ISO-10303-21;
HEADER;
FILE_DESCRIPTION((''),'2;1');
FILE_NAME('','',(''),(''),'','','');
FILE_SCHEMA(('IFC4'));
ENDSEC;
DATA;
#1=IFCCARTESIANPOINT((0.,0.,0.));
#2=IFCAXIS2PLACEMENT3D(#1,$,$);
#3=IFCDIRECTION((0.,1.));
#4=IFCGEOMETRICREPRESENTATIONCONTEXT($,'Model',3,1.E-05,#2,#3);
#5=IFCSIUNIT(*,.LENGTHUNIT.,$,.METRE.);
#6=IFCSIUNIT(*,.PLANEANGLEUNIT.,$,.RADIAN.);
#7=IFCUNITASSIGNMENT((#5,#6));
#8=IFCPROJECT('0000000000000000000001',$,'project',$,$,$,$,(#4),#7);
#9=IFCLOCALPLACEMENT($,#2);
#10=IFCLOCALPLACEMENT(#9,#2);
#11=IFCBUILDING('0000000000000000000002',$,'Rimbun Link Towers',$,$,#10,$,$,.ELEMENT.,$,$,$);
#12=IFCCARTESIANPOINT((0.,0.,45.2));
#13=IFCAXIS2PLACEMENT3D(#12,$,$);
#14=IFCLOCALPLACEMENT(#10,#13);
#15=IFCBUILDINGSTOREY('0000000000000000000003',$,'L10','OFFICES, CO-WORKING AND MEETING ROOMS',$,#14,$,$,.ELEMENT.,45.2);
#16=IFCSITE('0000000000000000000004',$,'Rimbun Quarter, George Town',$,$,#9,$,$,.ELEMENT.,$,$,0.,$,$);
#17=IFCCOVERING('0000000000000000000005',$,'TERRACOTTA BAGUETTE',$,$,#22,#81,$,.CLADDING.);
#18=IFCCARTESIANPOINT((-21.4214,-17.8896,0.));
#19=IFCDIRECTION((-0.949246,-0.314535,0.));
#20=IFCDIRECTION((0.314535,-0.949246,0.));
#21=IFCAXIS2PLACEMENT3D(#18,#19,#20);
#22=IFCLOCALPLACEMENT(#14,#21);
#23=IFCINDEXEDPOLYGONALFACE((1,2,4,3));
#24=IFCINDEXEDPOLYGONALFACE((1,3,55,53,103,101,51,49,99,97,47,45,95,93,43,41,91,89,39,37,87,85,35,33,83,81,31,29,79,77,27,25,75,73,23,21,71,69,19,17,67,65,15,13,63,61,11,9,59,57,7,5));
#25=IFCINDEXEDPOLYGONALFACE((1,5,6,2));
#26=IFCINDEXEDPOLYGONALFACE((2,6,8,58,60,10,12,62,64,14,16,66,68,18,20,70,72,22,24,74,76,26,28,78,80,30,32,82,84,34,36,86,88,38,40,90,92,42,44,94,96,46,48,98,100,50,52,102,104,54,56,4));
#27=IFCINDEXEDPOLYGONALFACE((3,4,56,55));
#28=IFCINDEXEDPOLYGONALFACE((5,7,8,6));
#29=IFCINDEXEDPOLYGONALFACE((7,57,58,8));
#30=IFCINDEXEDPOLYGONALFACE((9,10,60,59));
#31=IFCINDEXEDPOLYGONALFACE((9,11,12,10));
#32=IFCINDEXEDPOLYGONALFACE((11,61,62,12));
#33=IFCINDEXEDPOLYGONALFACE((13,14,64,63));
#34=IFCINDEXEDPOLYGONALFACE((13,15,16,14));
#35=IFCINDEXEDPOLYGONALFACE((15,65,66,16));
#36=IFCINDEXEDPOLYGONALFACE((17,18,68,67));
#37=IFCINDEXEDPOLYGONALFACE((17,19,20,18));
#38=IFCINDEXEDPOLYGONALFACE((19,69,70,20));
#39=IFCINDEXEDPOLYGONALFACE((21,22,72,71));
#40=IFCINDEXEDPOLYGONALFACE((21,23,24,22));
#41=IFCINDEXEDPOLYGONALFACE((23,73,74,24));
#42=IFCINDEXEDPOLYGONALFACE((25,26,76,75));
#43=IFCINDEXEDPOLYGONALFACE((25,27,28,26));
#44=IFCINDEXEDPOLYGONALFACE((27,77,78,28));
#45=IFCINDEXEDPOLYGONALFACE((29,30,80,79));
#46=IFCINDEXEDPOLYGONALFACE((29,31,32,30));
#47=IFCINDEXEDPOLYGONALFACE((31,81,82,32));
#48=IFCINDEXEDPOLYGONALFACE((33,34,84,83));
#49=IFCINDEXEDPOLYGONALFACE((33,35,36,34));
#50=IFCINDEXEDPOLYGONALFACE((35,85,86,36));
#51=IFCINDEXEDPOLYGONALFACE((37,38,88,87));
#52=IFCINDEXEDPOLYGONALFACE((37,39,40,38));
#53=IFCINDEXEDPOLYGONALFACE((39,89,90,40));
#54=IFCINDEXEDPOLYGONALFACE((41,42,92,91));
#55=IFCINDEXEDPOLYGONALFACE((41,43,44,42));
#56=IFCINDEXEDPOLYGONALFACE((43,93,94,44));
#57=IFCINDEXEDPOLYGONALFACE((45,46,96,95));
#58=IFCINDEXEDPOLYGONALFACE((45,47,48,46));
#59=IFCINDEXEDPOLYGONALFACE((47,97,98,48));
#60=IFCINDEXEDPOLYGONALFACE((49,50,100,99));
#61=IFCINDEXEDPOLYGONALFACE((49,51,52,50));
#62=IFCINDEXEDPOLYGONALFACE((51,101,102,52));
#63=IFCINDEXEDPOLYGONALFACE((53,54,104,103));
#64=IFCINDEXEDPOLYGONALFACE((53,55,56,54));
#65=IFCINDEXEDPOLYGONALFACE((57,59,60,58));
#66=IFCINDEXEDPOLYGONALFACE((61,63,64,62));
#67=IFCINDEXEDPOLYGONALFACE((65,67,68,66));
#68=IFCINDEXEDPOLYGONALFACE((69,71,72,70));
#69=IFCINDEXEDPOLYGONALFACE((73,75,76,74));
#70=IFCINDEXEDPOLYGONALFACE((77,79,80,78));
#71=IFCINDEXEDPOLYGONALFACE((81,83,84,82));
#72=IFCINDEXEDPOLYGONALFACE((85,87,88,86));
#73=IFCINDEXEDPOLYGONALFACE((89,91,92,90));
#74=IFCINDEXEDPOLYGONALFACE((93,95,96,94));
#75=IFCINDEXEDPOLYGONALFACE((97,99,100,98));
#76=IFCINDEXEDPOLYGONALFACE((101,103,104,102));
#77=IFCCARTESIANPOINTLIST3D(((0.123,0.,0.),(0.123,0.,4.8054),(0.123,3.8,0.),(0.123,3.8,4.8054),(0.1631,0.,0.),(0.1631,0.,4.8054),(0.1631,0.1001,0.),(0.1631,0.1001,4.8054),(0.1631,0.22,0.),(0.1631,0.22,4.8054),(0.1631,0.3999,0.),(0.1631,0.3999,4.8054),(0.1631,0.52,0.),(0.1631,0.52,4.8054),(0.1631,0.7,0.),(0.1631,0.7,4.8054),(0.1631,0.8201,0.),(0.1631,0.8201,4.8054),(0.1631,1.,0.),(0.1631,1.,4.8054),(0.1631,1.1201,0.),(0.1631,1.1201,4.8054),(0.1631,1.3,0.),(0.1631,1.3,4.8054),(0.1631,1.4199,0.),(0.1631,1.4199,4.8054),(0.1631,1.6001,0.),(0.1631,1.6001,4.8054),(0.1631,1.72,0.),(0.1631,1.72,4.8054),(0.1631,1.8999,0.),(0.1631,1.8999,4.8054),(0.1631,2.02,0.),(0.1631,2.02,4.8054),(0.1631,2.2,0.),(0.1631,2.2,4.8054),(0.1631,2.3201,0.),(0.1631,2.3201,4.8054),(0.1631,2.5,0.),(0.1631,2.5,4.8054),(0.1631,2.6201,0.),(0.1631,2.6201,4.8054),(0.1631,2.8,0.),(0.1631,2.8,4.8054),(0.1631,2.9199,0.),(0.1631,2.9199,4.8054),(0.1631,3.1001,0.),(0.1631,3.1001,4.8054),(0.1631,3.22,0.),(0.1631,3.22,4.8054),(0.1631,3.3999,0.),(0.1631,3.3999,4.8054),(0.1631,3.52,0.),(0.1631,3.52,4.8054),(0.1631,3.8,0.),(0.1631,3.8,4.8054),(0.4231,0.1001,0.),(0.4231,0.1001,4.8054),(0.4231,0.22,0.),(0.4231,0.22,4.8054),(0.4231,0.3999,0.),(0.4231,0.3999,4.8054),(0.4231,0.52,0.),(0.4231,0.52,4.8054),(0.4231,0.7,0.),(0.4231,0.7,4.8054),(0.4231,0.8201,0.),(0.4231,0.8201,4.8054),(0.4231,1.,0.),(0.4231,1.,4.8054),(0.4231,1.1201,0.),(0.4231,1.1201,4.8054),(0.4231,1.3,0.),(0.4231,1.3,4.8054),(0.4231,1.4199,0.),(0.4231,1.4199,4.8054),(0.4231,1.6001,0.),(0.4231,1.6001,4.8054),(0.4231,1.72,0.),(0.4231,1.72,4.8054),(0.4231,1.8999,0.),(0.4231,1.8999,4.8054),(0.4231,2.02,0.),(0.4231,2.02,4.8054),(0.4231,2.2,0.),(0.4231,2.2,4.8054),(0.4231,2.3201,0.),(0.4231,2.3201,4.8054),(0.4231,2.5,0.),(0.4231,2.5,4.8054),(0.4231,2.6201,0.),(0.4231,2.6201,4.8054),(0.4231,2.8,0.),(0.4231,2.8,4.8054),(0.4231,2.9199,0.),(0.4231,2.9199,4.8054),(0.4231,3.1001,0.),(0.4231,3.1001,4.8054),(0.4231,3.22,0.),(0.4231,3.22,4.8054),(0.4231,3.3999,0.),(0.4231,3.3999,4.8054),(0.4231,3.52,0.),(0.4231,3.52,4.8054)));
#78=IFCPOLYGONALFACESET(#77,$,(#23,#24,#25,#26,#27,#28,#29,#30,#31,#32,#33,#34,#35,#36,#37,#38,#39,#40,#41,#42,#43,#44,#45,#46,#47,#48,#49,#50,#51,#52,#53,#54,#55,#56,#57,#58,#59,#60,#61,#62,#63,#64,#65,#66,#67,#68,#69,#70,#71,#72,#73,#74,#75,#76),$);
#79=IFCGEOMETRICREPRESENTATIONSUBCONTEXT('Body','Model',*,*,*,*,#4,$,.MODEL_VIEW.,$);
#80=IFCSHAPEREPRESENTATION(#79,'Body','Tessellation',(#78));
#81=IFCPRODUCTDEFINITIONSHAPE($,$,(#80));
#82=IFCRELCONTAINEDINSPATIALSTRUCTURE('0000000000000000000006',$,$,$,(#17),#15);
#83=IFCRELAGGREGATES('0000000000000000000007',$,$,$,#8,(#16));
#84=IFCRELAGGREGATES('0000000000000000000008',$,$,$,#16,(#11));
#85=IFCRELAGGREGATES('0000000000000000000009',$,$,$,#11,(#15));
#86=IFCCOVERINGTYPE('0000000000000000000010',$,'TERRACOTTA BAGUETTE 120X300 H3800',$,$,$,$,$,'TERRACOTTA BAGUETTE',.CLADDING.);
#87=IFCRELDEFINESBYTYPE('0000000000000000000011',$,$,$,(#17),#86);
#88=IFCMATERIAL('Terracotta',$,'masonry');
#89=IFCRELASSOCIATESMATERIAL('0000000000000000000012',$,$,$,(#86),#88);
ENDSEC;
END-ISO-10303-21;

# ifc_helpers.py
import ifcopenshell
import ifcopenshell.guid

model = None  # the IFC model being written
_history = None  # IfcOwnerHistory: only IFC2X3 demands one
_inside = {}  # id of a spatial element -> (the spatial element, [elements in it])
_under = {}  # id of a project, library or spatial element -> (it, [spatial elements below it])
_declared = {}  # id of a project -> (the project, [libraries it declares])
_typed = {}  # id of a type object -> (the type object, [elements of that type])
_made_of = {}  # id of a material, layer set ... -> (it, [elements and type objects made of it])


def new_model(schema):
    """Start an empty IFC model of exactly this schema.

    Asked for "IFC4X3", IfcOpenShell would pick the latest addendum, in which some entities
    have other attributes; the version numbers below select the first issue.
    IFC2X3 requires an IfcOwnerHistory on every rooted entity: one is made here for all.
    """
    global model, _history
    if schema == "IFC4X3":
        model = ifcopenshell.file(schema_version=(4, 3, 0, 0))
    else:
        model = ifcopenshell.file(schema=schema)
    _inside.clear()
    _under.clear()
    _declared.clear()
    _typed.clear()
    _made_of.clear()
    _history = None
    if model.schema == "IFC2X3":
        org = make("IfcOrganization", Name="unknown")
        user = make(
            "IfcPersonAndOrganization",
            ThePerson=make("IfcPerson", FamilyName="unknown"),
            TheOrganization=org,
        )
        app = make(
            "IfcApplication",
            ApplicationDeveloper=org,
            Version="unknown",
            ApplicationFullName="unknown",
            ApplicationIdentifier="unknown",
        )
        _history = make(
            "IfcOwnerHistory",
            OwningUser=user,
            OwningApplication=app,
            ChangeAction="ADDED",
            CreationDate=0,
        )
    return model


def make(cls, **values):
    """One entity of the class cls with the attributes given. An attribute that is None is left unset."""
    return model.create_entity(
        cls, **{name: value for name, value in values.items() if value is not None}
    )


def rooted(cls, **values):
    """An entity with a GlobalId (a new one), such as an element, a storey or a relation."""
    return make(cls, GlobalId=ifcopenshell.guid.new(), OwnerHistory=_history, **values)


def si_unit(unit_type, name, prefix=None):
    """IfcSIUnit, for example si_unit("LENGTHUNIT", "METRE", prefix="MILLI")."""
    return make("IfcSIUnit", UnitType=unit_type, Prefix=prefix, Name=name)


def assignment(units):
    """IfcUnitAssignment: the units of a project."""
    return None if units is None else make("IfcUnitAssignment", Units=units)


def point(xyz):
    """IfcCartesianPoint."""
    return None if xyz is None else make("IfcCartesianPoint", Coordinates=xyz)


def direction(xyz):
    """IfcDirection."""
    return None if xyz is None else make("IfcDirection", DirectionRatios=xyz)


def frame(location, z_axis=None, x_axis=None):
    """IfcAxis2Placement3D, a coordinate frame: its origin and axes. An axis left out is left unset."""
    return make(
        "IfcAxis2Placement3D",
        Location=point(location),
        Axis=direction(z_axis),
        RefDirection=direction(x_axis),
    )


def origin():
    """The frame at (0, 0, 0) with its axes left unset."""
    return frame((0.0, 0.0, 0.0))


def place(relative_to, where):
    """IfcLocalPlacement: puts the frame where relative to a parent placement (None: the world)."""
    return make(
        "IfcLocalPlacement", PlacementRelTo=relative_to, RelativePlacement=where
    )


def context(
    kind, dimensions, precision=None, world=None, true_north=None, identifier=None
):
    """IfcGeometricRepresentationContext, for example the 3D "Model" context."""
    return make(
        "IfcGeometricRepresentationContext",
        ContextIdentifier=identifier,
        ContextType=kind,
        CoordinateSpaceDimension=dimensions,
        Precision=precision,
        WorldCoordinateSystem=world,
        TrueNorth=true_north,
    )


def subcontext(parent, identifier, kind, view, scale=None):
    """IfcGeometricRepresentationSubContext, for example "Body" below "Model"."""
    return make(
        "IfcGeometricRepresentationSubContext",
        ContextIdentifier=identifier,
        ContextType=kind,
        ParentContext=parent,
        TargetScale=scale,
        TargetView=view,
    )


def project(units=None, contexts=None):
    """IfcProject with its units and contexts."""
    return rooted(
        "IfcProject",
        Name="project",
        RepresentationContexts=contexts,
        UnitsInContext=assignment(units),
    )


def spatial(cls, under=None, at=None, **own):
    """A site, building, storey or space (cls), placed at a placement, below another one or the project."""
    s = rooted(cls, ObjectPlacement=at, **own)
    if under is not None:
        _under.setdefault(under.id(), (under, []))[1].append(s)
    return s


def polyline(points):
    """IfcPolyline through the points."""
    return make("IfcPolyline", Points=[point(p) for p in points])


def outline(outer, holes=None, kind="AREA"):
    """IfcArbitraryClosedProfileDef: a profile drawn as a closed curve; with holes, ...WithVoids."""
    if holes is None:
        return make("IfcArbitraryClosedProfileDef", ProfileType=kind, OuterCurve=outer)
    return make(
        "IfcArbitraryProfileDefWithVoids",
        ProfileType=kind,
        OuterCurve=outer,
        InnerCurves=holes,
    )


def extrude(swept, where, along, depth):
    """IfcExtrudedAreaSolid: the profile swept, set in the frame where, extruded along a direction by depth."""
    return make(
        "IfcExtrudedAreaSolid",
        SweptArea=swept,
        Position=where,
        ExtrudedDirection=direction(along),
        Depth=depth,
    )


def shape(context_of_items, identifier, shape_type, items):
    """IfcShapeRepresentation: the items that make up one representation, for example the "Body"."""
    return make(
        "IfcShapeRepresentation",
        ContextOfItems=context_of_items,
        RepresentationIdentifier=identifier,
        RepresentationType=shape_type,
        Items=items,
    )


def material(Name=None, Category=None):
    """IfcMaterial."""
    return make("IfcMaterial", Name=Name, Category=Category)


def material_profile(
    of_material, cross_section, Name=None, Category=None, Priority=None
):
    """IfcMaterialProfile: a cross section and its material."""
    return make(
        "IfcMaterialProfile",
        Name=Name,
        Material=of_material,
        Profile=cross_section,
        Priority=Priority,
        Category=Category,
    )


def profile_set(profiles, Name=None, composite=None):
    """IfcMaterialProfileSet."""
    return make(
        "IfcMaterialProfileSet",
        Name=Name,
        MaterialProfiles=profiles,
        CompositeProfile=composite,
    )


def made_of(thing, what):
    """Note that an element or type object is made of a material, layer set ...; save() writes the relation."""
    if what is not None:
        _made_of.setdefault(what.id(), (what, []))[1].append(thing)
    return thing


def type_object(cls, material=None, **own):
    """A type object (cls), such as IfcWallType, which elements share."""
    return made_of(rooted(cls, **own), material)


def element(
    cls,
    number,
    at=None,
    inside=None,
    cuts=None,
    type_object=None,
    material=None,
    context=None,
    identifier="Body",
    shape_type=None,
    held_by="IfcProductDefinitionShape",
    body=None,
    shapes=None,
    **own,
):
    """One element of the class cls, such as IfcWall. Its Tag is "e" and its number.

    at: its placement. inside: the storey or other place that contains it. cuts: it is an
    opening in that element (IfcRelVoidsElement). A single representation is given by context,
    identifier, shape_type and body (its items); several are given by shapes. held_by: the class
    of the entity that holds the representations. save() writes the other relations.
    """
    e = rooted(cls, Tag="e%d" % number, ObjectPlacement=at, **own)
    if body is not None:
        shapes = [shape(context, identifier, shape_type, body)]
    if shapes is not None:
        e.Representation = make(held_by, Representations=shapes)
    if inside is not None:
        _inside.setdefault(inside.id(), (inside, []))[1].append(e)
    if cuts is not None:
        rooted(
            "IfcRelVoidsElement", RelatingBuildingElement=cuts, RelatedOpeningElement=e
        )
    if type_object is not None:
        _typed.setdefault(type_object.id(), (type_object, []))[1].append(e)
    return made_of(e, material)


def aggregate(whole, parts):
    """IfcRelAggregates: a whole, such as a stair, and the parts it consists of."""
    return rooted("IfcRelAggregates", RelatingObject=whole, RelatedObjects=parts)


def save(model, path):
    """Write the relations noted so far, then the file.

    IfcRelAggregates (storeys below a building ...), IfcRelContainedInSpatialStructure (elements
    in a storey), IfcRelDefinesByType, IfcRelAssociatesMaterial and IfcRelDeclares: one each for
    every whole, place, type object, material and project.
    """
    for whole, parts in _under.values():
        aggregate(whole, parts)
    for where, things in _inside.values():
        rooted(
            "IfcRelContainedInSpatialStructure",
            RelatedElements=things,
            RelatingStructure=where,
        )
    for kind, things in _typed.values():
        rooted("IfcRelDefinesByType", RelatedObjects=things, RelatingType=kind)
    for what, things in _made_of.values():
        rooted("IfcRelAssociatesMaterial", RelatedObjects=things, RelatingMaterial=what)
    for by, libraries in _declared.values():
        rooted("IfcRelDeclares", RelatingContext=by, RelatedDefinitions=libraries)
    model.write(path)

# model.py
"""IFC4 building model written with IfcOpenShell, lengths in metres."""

from ifc_helpers import new_model, si_unit, direction, frame, origin, place, context, subcontext, project, spatial, polyline, outline, extrude, material, material_profile, profile_set, type_object, element, save


model = new_model("IFC4")

# Units and contexts
model_context = context("Model", 3, precision=1e-05, world=origin(), true_north=direction((0.0, 1.0)))
body_context = subcontext(model_context, "Body", "Model", "MODEL_VIEW")
ifc_project = project(units=[si_unit("LENGTHUNIT", "METRE"), si_unit("PLANEANGLEUNIT", "RADIAN")], contexts=[model_context])

# Site, building, storey
site_placement = place(None, origin())
site = spatial("IfcSite", under=ifc_project, at=site_placement, Name="Rimbun Quarter, George Town", CompositionType="ELEMENT", RefElevation=0.0)
building_placement = place(site_placement, origin())
building = spatial("IfcBuilding", under=site, at=building_placement, Name="Rimbun Link Towers", CompositionType="ELEMENT")
storey_placement = place(building_placement, frame((0.0, 0.0, 45.2)))
storey = spatial("IfcBuildingStorey", under=building, at=storey_placement, Name="L10", Description="OFFICES, CO-WORKING AND MEETING ROOMS", CompositionType="ELEMENT", Elevation=45.2)

# Covering
ifc_material_1 = material(Name="Terracotta", Category="masonry")
ifc_material_profile_1 = material_profile(ifc_material_1, outline(polyline([(0.123, 0.0), (0.1631, 0.0), (0.1631, 0.1001), (0.4231, 0.1001), (0.4231, 0.22), (0.1631, 0.22), (0.1631, 0.3999), (0.4231, 0.3999), (0.4231, 0.52), (0.1631, 0.52), (0.1631, 0.7), (0.4231, 0.7), (0.4231, 0.8201), (0.1631, 0.8201), (0.1631, 1.0), (0.4231, 1.0), (0.4231, 1.1201), (0.1631, 1.1201), (0.1631, 1.3), (0.4231, 1.3), (0.4231, 1.4199), (0.1631, 1.4199), (0.1631, 1.6001), (0.4231, 1.6001), (0.4231, 1.72), (0.1631, 1.72), (0.1631, 1.8999), (0.4231, 1.8999), (0.4231, 2.02), (0.1631, 2.02), (0.1631, 2.2), (0.4231, 2.2), (0.4231, 2.3201), (0.1631, 2.3201), (0.1631, 2.5), (0.4231, 2.5), (0.4231, 2.6201), (0.1631, 2.6201), (0.1631, 2.8), (0.4231, 2.8), (0.4231, 2.9199), (0.1631, 2.9199), (0.1631, 3.1001), (0.4231, 3.1001), (0.4231, 3.22), (0.1631, 3.22), (0.1631, 3.3999), (0.4231, 3.3999), (0.4231, 3.52), (0.1631, 3.52), (0.1631, 3.8), (0.123, 3.8), (0.123, 0.0)])), Name="BAGUETTE 120X300")
ifc_profile_set_1 = profile_set([ifc_material_profile_1], Name="Terracotta")
covering_type = type_object("IfcCoveringType", Name="TERRACOTTA BAGUETTE 120X300 H3800", ElementType="TERRACOTTA BAGUETTE", PredefinedType="CLADDING", material=ifc_profile_set_1)
covering_1_placement = place(storey_placement, frame((-21.4214, -17.8896, 0.0), z_axis=(-0.949246, -0.314535, 0.0), x_axis=(0.314535, -0.949246, 0.0)))
element("IfcCovering", 1, at=covering_1_placement, inside=storey, type_object=covering_type, Name="TERRACOTTA BAGUETTE", PredefinedType="CLADDING", context=body_context, shape_type="SweptSolid", body=[
    extrude(outline(polyline([(0.123, 0.0), (0.1631, 0.0), (0.1631, 0.1001), (0.4231, 0.1001), (0.4231, 0.22), (0.1631, 0.22), (0.1631, 0.3999), (0.4231, 0.3999), (0.4231, 0.52), (0.1631, 0.52), (0.1631, 0.7), (0.4231, 0.7), (0.4231, 0.8201), (0.1631, 0.8201), (0.1631, 1.0), (0.4231, 1.0), (0.4231, 1.1201), (0.1631, 1.1201), (0.1631, 1.3), (0.4231, 1.3), (0.4231, 1.4199), (0.1631, 1.4199), (0.1631, 1.6001), (0.4231, 1.6001), (0.4231, 1.72), (0.1631, 1.72), (0.1631, 1.8999), (0.4231, 1.8999), (0.4231, 2.02), (0.1631, 2.02), (0.1631, 2.2), (0.4231, 2.2), (0.4231, 2.3201), (0.1631, 2.3201), (0.1631, 2.5), (0.4231, 2.5), (0.4231, 2.6201), (0.1631, 2.6201), (0.1631, 2.8), (0.4231, 2.8), (0.4231, 2.9199), (0.1631, 2.9199), (0.1631, 3.1001), (0.4231, 3.1001), (0.4231, 3.22), (0.1631, 3.22), (0.1631, 3.3999), (0.4231, 3.3999), (0.4231, 3.52), (0.1631, 3.52), (0.1631, 3.8), (0.123, 3.8), (0.123, 0.0)])), origin(), (0.0, 0.0, 1.0), 4.8054),
])

save(model, "model.ifc")
